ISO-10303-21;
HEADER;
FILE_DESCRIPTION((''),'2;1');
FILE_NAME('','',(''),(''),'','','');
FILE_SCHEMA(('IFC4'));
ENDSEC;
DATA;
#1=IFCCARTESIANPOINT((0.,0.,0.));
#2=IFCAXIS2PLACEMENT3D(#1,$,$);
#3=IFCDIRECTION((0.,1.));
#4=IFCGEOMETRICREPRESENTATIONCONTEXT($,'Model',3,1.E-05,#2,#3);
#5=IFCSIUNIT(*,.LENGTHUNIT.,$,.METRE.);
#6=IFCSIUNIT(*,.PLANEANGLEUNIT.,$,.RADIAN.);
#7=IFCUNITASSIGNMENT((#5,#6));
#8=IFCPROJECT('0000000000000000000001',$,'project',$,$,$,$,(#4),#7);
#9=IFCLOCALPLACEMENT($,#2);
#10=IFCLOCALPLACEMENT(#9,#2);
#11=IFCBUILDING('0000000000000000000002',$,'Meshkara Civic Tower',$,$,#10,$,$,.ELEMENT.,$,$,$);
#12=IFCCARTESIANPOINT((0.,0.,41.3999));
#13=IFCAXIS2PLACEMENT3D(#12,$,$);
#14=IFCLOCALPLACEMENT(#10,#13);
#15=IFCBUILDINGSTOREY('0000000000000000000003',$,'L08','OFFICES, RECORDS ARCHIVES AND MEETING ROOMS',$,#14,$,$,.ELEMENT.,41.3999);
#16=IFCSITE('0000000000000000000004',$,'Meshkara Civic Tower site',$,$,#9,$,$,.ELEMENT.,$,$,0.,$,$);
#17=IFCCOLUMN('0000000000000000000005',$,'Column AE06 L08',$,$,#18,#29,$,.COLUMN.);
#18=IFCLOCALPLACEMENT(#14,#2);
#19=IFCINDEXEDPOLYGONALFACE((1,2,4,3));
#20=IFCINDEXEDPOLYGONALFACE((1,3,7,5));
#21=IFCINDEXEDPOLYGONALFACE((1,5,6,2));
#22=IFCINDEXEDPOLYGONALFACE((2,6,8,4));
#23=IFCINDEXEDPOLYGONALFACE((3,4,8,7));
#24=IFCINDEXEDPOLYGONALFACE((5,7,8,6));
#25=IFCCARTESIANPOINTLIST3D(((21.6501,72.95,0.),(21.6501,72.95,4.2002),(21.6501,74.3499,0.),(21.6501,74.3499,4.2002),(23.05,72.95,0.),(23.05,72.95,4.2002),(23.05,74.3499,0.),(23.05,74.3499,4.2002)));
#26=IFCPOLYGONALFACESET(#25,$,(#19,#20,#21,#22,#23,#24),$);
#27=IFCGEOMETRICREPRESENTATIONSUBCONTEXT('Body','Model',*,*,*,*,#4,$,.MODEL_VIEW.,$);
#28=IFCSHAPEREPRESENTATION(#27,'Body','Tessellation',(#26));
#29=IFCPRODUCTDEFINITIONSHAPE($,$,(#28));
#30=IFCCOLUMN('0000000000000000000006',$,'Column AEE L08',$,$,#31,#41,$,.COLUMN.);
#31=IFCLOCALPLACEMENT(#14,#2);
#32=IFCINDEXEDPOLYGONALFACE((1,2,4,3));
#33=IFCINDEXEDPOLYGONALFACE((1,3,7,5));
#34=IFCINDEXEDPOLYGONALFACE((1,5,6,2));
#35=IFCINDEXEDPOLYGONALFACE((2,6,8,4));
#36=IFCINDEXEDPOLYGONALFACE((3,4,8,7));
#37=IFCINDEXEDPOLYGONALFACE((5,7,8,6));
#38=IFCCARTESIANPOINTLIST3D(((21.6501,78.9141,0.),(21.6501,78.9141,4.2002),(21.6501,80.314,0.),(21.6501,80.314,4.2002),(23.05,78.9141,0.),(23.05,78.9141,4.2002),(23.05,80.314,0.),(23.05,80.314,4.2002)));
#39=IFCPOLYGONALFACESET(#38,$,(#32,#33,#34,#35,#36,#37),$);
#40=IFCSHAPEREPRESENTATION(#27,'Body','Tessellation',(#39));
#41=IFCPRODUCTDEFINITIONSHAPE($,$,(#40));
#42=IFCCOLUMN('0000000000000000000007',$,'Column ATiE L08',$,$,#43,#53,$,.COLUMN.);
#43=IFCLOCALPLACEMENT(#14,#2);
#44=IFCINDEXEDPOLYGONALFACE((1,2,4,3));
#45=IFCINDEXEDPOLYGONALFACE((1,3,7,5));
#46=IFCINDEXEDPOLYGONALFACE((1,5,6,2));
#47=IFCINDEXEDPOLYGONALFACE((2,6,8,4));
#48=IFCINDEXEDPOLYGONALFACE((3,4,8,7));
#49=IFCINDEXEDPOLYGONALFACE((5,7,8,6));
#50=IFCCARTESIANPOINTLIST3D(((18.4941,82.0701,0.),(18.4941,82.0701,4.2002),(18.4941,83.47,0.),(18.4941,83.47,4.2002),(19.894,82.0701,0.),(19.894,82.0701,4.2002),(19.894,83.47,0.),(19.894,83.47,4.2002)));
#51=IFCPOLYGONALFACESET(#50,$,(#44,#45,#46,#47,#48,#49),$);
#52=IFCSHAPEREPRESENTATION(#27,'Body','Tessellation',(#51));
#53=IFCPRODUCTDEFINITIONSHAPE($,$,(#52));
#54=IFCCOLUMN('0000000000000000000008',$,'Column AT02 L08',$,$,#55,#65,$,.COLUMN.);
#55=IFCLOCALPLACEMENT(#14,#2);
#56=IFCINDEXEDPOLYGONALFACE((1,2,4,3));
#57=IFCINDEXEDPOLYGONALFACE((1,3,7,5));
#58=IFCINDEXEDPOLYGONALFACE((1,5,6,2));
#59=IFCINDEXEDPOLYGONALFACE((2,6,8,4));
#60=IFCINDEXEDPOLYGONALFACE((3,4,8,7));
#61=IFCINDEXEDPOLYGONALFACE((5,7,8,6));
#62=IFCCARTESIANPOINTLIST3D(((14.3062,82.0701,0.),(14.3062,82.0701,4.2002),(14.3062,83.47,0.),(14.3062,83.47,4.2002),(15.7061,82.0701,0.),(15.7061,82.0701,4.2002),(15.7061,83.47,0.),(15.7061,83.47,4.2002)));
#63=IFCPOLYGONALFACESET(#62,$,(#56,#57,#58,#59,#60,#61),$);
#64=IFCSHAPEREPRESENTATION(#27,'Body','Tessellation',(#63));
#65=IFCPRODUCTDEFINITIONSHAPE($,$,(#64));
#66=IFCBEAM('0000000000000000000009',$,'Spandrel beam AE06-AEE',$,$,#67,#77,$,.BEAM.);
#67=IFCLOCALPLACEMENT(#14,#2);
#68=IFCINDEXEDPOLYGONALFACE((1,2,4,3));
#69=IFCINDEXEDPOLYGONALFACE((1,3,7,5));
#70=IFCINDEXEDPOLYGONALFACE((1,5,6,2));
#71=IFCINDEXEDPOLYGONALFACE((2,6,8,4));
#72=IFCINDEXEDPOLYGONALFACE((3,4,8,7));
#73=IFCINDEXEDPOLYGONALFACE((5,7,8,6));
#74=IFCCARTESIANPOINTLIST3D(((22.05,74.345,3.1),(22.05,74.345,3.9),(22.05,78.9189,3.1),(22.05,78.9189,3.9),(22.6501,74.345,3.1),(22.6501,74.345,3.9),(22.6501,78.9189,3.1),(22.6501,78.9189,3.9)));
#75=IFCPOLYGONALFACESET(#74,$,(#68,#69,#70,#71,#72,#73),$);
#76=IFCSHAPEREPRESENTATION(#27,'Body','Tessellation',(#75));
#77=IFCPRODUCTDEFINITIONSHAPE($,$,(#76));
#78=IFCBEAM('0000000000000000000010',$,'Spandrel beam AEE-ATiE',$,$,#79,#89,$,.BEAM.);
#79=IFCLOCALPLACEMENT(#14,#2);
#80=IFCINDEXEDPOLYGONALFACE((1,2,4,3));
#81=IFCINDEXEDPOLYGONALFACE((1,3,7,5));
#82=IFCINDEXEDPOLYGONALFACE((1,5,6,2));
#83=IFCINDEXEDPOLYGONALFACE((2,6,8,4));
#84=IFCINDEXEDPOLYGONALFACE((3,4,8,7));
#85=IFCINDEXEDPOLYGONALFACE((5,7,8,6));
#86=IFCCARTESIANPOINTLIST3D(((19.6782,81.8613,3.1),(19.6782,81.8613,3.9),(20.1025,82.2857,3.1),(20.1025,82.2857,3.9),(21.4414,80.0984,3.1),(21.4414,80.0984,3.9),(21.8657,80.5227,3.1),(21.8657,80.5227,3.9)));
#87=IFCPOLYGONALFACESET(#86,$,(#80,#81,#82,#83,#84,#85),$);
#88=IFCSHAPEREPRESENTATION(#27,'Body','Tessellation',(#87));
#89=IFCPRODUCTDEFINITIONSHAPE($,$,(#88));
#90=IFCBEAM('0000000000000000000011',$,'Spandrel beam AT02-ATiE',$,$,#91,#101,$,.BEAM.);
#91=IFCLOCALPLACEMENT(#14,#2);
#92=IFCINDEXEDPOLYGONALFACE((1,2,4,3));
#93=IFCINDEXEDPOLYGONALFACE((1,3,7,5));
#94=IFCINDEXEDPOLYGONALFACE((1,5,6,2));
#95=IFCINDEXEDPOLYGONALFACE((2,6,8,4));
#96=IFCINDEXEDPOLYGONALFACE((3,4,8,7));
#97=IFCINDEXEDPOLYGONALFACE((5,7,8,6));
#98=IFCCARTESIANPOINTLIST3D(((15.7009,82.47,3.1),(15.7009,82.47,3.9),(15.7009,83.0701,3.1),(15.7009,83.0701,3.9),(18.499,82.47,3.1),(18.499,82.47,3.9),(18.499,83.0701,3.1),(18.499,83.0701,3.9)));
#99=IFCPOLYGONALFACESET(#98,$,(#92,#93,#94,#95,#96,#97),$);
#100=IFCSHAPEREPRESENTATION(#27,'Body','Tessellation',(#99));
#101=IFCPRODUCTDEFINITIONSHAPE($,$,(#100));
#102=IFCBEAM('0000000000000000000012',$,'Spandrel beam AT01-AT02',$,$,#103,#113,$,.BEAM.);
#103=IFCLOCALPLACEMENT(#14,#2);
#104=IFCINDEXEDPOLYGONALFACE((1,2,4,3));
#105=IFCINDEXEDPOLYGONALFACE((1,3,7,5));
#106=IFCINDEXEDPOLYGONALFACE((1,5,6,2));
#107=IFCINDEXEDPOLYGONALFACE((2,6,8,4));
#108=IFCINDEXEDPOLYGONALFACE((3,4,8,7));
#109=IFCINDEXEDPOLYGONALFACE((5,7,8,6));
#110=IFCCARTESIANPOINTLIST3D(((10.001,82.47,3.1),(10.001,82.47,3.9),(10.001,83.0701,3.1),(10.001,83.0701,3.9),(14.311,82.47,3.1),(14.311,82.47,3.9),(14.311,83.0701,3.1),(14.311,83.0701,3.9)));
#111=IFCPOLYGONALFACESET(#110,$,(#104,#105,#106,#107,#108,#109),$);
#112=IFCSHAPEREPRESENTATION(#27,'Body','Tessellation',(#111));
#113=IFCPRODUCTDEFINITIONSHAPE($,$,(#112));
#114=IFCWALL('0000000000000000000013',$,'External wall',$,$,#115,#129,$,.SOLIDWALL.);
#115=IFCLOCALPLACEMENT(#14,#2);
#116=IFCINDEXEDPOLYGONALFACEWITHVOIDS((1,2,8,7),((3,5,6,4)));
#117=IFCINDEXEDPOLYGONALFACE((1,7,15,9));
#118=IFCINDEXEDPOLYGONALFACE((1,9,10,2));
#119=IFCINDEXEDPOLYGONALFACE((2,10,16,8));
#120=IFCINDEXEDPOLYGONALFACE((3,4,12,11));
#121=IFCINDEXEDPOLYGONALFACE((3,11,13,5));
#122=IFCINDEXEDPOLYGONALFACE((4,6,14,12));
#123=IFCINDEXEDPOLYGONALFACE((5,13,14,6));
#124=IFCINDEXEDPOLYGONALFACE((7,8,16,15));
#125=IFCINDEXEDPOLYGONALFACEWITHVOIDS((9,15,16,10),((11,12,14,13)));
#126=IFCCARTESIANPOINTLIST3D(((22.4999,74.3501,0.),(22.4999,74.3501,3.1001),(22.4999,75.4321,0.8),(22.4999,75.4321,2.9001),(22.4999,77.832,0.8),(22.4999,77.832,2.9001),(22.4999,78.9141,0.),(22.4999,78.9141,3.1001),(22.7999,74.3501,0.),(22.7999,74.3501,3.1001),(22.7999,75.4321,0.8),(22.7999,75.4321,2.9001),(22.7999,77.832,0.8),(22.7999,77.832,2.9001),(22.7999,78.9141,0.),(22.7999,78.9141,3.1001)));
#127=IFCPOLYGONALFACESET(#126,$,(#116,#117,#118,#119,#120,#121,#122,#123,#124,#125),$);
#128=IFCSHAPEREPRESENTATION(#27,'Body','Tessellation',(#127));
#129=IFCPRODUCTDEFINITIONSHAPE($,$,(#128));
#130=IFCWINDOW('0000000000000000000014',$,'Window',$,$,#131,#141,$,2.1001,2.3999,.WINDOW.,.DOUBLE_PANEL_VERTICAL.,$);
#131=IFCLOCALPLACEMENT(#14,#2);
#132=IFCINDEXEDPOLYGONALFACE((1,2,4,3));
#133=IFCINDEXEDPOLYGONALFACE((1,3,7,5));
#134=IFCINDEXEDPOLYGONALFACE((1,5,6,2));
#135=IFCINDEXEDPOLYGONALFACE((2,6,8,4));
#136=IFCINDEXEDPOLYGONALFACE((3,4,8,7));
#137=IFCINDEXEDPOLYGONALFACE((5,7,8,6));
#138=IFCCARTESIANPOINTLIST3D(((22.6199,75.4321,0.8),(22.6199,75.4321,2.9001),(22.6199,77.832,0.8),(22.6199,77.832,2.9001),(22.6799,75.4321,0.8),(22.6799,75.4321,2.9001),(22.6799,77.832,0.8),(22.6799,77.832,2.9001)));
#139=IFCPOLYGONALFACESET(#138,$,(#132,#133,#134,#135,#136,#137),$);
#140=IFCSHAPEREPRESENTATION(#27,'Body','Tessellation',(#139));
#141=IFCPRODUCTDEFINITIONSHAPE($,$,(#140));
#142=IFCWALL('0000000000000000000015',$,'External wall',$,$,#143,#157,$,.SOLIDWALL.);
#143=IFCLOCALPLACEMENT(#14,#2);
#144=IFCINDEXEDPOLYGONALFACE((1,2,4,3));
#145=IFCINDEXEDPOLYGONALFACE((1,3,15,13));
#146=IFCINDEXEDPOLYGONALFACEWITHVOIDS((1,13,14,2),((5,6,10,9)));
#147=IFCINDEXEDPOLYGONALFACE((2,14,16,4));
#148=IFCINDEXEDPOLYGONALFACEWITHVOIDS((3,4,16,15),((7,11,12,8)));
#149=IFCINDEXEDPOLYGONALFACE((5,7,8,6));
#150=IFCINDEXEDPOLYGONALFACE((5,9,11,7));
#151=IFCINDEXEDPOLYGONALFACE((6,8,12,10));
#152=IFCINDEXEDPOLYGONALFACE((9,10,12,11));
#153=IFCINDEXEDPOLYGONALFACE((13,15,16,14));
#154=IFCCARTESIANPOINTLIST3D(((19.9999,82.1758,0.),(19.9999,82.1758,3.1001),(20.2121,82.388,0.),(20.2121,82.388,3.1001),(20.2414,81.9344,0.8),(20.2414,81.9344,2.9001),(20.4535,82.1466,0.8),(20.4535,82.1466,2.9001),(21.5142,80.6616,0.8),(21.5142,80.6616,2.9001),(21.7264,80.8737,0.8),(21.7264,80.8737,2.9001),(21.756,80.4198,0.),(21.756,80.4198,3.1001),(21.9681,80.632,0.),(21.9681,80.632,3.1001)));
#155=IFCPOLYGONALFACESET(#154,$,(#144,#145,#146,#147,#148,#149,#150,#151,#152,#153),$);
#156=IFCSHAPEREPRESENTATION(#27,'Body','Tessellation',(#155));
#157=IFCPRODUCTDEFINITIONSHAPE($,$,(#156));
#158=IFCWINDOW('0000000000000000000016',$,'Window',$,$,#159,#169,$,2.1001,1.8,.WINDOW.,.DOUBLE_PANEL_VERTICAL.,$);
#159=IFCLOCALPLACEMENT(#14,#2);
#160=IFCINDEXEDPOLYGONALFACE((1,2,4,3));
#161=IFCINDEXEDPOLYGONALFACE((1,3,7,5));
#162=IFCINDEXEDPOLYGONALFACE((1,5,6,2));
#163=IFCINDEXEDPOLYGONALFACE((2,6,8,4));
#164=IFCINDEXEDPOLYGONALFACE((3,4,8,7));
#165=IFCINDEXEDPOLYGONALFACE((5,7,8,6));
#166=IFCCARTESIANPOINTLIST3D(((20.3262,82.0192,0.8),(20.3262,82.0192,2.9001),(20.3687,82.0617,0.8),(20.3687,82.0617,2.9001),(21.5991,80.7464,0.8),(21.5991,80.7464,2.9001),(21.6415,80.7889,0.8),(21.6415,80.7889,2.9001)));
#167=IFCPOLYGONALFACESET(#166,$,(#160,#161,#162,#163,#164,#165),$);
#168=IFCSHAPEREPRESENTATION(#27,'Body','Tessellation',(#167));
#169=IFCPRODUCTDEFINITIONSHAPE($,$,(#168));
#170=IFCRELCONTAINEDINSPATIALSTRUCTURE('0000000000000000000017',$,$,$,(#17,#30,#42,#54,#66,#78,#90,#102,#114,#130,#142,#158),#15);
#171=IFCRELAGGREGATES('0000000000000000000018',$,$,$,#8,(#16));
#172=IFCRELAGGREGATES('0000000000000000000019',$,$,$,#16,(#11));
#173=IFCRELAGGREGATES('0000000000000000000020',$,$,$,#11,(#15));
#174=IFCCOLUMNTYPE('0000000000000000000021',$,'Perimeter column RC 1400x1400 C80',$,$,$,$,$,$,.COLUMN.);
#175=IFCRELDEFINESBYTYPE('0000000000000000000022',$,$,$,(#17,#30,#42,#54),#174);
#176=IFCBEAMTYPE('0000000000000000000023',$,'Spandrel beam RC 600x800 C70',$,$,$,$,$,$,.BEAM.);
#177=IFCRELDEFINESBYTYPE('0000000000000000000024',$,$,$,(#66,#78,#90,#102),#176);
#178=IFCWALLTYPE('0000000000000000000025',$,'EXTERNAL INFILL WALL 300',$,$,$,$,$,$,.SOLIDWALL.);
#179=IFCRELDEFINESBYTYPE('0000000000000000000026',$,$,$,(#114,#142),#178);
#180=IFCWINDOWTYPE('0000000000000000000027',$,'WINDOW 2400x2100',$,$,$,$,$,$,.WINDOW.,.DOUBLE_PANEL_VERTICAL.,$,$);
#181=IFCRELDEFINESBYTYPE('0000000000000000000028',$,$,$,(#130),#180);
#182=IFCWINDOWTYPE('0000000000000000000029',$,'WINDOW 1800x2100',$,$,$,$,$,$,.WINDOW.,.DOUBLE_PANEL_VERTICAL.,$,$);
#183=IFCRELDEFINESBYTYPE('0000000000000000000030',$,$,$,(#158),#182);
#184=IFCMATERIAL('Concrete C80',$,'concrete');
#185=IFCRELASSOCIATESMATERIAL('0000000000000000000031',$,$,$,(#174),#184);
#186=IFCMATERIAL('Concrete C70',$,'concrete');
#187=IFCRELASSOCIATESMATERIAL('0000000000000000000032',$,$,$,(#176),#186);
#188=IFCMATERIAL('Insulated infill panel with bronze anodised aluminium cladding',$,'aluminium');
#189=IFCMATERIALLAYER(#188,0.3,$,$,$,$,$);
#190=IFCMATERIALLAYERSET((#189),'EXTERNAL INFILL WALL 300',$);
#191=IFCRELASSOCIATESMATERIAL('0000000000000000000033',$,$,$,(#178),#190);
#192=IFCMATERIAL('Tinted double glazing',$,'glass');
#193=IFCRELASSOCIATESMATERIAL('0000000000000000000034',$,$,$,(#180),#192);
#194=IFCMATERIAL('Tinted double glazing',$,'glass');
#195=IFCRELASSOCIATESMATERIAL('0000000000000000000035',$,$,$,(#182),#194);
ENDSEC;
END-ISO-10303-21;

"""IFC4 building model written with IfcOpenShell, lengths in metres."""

from ifc_helpers import new_model, si_unit, direction, frame, frame_2d, origin, origin_2d, place, context, subcontext, project, spatial, rectangle, extrude, material, layer, layer_set, material_profile, profile_set, type_object, element, fill, save


model = new_model("IFC4")

# Units and contexts
model_context = context("Model", 3, precision=1e-05, world=origin(), true_north=direction((0.0, 1.0)))
body_context = subcontext(model_context, "Body", "Model", "MODEL_VIEW")
ifc_project = project(units=[si_unit("LENGTHUNIT", "METRE"), si_unit("PLANEANGLEUNIT", "RADIAN")], contexts=[model_context])

# Site, building, storey
site_placement = place(None, origin())
site = spatial("IfcSite", under=ifc_project, at=site_placement, Name="Meshkara Civic Tower site", CompositionType="ELEMENT", RefElevation=0.0)
building_placement = place(site_placement, origin())
building = spatial("IfcBuilding", under=site, at=building_placement, Name="Meshkara Civic Tower", CompositionType="ELEMENT")
storey_placement = place(building_placement, frame((0.0, 0.0, 41.3999)))
storey = spatial("IfcBuildingStorey", under=building, at=storey_placement, Name="L08", Description="OFFICES, RECORDS ARCHIVES AND MEETING ROOMS", CompositionType="ELEMENT", Elevation=41.3999)

# Columns
ifc_material_1 = material(Name="Concrete C80", Category="concrete")
ifc_material_profile_1 = material_profile(ifc_material_1, rectangle(XDim=1.3999, YDim=1.3999, at=origin_2d()))
ifc_profile_set_1 = profile_set([ifc_material_profile_1], Name="Concrete C80")
column_type = type_object("IfcColumnType", Name="Perimeter column RC 1400x1400 C80", PredefinedType="COLUMN", material=ifc_profile_set_1)
for number, where, z_axis, x_axis, name in (
    (1, (22.3501, 73.6499, 0.0), (0.0, 0.0, 1.0), (1.0, 0.0, 0.0), "Column AE06 L08"),
    (2, (22.3501, 79.614, 0.0), (0.0, 0.0, 1.0), (1.0, 0.0, 0.0), "Column AEE L08"),
    (3, (19.1941, 82.77, 0.0), (0.0, 0.0, 1.0), (1.0, 0.0, 0.0), "Column ATiE L08"),
    (4, (15.0061, 82.77, 0.0), (0.0, 0.0, 1.0), (1.0, 0.0, 0.0), "Column AT02 L08"),
):
    element("IfcColumn", number, at=place(storey_placement, frame(where, z_axis=z_axis, x_axis=x_axis)), inside=storey, type_object=column_type, Name=name, PredefinedType="COLUMN", context=body_context, shape_type="SweptSolid", body=[
        extrude(rectangle(XDim=1.3999, YDim=1.3999, at=origin_2d()), origin(), (0.0, 0.0, 1.0), 4.2002),
    ])

# Beams
ifc_material_2 = material(Name="Concrete C70", Category="concrete")
ifc_material_profile_2 = material_profile(ifc_material_2, rectangle(XDim=0.6001, YDim=0.8, at=origin_2d()))
ifc_profile_set_2 = profile_set([ifc_material_profile_2], Name="Concrete C70")
beam_type = type_object("IfcBeamType", Name="Spandrel beam RC 600x800 C70", PredefinedType="BEAM", material=ifc_profile_set_2)
beam_1_placement = place(storey_placement, frame((22.3501, 74.345, 3.5), z_axis=(0.0, 1.0, 0.0), x_axis=(-1.0, 0.0, 0.0)))
element("IfcBeam", 5, at=beam_1_placement, inside=storey, type_object=beam_type, Name="Spandrel beam AE06-AEE", PredefinedType="BEAM", context=body_context, shape_type="SweptSolid", body=[
    extrude(rectangle(XDim=0.6001, YDim=0.8, at=origin_2d()), origin(), (0.0, 0.0, 1.0), 4.574),
])
beam_2_placement = place(storey_placement, frame((21.6536, 80.3105, 3.5), z_axis=(-0.707156, 0.707058, 0.0), x_axis=(-0.707058, -0.707156, 0.0)))
element("IfcBeam", 6, at=beam_2_placement, inside=storey, type_object=beam_type, Name="Spandrel beam AEE-ATiE", PredefinedType="BEAM", context=body_context, shape_type="SweptSolid", body=[
    extrude(rectangle(XDim=0.6001, YDim=0.8, at=origin_2d()), origin(), (0.0, 0.0, 1.0), 2.4934),
])
beam_3_placement = place(storey_placement, frame((18.499, 82.77, 3.5), z_axis=(-1.0, 0.0, 0.0), x_axis=(0.0, -1.0, 0.0)))
element("IfcBeam", 7, at=beam_3_placement, inside=storey, type_object=beam_type, Name="Spandrel beam AT02-ATiE", PredefinedType="BEAM", context=body_context, shape_type="SweptSolid", body=[
    extrude(rectangle(XDim=0.6001, YDim=0.8, at=origin_2d()), origin(), (0.0, 0.0, 1.0), 2.7981),
])
beam_4_placement = place(storey_placement, frame((14.311, 82.77, 3.5), z_axis=(-1.0, 0.0, 0.0), x_axis=(0.0, -1.0, 0.0)))
element("IfcBeam", 8, at=beam_4_placement, inside=storey, type_object=beam_type, Name="Spandrel beam AT01-AT02", PredefinedType="BEAM", context=body_context, shape_type="SweptSolid", body=[
    extrude(rectangle(XDim=0.6001, YDim=0.8, at=origin_2d()), origin(), (0.0, 0.0, 1.0), 4.3101),
])

# Walls, openings, windows
ifc_material_3 = material(Name="Insulated infill panel with bronze anodised aluminium cladding", Category="aluminium")
ifc_layer = layer(ifc_material_3, 0.3)
ifc_layer_set = layer_set([ifc_layer], Name="EXTERNAL INFILL WALL 300")
wall_type = type_object("IfcWallType", Name="EXTERNAL INFILL WALL 300", PredefinedType="SOLIDWALL", material=ifc_layer_set)
wall_1_placement = place(storey_placement, frame((22.6499, 74.3501, 0.0), z_axis=(0.0, 0.0, 1.0), x_axis=(0.0, 1.0, 0.0)))
wall_1 = element("IfcWall", 9, at=wall_1_placement, inside=storey, type_object=wall_type, Name="External wall", PredefinedType="SOLIDWALL", context=body_context, shape_type="SweptSolid", body=[
    extrude(rectangle(XDim=4.564, YDim=0.3, at=frame_2d((2.282, 0.0))), origin(), (0.0, 0.0, 1.0), 3.1001),
])
opening_1_placement = place(wall_1_placement, frame((1.082, 0.0, 0.8)))
opening_1 = element("IfcOpeningElement", 10, at=opening_1_placement, cuts=wall_1, PredefinedType="OPENING", context=body_context, shape_type="SweptSolid", body=[
    extrude(rectangle(XDim=2.3999, YDim=2.1001, at=frame_2d((1.2, 1.05))), frame((0.0, 0.1599, 0.0), z_axis=(0.0, -1.0, 0.0), x_axis=(1.0, 0.0, 0.0)), (0.0, 0.0, 1.0), 0.3201),
])
ifc_material_4 = material(Name="Tinted double glazing", Category="glass")
window_type_1 = type_object("IfcWindowType", Name="WINDOW 2400x2100", PartitioningType="DOUBLE_PANEL_VERTICAL", PredefinedType="WINDOW", material=ifc_material_4)
window_1_placement = place(opening_1_placement, origin())
window_1 = element("IfcWindow", 11, at=window_1_placement, inside=storey, type_object=window_type_1, Name="Window", OverallHeight=2.1001, OverallWidth=2.3999, PartitioningType="DOUBLE_PANEL_VERTICAL", PredefinedType="WINDOW", context=body_context, shape_type="SweptSolid", body=[
    extrude(rectangle(XDim=2.3999, YDim=2.1001, at=frame_2d((1.2, 1.05))), frame((0.0, 0.03, 0.0), z_axis=(0.0, -1.0, 0.0), x_axis=(1.0, 0.0, 0.0)), (0.0, 0.0, 1.0), 0.0601),
])
fill(opening_1, window_1)
wall_2_placement = place(storey_placement, frame((21.8621, 80.5259, 0.0), z_axis=(0.0, 0.0, 1.0), x_axis=(-0.707107, 0.707107, 0.0)))
wall_2 = element("IfcWall", 12, at=wall_2_placement, inside=storey, type_object=wall_type, Name="External wall", PredefinedType="SOLIDWALL", context=body_context, shape_type="SweptSolid", body=[
    extrude(rectangle(XDim=2.4834, YDim=0.3, at=frame_2d((1.2417, 0.0))), origin(), (0.0, 0.0, 1.0), 3.1001),
])
opening_2_placement = place(wall_2_placement, frame((0.342, 0.0, 0.8)))
opening_2 = element("IfcOpeningElement", 13, at=opening_2_placement, cuts=wall_2, PredefinedType="OPENING", context=body_context, shape_type="SweptSolid", body=[
    extrude(rectangle(XDim=1.8, YDim=2.1001, at=frame_2d((0.8999, 1.05))), frame((0.0, 0.1599, 0.0), z_axis=(0.0, -1.0, 0.0), x_axis=(1.0, 0.0, 0.0)), (0.0, 0.0, 1.0), 0.3201),
])
ifc_material_5 = material(Name="Tinted double glazing", Category="glass")
window_type_2 = type_object("IfcWindowType", Name="WINDOW 1800x2100", PartitioningType="DOUBLE_PANEL_VERTICAL", PredefinedType="WINDOW", material=ifc_material_5)
window_2_placement = place(opening_2_placement, origin())
window_2 = element("IfcWindow", 14, at=window_2_placement, inside=storey, type_object=window_type_2, Name="Window", OverallHeight=2.1001, OverallWidth=1.8, PartitioningType="DOUBLE_PANEL_VERTICAL", PredefinedType="WINDOW", context=body_context, shape_type="SweptSolid", body=[
    extrude(rectangle(XDim=1.8, YDim=2.1001, at=frame_2d((0.8999, 1.05))), frame((0.0, 0.03, 0.0), z_axis=(0.0, -1.0, 0.0), x_axis=(1.0, 0.0, 0.0)), (0.0, 0.0, 1.0), 0.0601),
])
fill(opening_2, window_2)

save(model, "model.ifc")
